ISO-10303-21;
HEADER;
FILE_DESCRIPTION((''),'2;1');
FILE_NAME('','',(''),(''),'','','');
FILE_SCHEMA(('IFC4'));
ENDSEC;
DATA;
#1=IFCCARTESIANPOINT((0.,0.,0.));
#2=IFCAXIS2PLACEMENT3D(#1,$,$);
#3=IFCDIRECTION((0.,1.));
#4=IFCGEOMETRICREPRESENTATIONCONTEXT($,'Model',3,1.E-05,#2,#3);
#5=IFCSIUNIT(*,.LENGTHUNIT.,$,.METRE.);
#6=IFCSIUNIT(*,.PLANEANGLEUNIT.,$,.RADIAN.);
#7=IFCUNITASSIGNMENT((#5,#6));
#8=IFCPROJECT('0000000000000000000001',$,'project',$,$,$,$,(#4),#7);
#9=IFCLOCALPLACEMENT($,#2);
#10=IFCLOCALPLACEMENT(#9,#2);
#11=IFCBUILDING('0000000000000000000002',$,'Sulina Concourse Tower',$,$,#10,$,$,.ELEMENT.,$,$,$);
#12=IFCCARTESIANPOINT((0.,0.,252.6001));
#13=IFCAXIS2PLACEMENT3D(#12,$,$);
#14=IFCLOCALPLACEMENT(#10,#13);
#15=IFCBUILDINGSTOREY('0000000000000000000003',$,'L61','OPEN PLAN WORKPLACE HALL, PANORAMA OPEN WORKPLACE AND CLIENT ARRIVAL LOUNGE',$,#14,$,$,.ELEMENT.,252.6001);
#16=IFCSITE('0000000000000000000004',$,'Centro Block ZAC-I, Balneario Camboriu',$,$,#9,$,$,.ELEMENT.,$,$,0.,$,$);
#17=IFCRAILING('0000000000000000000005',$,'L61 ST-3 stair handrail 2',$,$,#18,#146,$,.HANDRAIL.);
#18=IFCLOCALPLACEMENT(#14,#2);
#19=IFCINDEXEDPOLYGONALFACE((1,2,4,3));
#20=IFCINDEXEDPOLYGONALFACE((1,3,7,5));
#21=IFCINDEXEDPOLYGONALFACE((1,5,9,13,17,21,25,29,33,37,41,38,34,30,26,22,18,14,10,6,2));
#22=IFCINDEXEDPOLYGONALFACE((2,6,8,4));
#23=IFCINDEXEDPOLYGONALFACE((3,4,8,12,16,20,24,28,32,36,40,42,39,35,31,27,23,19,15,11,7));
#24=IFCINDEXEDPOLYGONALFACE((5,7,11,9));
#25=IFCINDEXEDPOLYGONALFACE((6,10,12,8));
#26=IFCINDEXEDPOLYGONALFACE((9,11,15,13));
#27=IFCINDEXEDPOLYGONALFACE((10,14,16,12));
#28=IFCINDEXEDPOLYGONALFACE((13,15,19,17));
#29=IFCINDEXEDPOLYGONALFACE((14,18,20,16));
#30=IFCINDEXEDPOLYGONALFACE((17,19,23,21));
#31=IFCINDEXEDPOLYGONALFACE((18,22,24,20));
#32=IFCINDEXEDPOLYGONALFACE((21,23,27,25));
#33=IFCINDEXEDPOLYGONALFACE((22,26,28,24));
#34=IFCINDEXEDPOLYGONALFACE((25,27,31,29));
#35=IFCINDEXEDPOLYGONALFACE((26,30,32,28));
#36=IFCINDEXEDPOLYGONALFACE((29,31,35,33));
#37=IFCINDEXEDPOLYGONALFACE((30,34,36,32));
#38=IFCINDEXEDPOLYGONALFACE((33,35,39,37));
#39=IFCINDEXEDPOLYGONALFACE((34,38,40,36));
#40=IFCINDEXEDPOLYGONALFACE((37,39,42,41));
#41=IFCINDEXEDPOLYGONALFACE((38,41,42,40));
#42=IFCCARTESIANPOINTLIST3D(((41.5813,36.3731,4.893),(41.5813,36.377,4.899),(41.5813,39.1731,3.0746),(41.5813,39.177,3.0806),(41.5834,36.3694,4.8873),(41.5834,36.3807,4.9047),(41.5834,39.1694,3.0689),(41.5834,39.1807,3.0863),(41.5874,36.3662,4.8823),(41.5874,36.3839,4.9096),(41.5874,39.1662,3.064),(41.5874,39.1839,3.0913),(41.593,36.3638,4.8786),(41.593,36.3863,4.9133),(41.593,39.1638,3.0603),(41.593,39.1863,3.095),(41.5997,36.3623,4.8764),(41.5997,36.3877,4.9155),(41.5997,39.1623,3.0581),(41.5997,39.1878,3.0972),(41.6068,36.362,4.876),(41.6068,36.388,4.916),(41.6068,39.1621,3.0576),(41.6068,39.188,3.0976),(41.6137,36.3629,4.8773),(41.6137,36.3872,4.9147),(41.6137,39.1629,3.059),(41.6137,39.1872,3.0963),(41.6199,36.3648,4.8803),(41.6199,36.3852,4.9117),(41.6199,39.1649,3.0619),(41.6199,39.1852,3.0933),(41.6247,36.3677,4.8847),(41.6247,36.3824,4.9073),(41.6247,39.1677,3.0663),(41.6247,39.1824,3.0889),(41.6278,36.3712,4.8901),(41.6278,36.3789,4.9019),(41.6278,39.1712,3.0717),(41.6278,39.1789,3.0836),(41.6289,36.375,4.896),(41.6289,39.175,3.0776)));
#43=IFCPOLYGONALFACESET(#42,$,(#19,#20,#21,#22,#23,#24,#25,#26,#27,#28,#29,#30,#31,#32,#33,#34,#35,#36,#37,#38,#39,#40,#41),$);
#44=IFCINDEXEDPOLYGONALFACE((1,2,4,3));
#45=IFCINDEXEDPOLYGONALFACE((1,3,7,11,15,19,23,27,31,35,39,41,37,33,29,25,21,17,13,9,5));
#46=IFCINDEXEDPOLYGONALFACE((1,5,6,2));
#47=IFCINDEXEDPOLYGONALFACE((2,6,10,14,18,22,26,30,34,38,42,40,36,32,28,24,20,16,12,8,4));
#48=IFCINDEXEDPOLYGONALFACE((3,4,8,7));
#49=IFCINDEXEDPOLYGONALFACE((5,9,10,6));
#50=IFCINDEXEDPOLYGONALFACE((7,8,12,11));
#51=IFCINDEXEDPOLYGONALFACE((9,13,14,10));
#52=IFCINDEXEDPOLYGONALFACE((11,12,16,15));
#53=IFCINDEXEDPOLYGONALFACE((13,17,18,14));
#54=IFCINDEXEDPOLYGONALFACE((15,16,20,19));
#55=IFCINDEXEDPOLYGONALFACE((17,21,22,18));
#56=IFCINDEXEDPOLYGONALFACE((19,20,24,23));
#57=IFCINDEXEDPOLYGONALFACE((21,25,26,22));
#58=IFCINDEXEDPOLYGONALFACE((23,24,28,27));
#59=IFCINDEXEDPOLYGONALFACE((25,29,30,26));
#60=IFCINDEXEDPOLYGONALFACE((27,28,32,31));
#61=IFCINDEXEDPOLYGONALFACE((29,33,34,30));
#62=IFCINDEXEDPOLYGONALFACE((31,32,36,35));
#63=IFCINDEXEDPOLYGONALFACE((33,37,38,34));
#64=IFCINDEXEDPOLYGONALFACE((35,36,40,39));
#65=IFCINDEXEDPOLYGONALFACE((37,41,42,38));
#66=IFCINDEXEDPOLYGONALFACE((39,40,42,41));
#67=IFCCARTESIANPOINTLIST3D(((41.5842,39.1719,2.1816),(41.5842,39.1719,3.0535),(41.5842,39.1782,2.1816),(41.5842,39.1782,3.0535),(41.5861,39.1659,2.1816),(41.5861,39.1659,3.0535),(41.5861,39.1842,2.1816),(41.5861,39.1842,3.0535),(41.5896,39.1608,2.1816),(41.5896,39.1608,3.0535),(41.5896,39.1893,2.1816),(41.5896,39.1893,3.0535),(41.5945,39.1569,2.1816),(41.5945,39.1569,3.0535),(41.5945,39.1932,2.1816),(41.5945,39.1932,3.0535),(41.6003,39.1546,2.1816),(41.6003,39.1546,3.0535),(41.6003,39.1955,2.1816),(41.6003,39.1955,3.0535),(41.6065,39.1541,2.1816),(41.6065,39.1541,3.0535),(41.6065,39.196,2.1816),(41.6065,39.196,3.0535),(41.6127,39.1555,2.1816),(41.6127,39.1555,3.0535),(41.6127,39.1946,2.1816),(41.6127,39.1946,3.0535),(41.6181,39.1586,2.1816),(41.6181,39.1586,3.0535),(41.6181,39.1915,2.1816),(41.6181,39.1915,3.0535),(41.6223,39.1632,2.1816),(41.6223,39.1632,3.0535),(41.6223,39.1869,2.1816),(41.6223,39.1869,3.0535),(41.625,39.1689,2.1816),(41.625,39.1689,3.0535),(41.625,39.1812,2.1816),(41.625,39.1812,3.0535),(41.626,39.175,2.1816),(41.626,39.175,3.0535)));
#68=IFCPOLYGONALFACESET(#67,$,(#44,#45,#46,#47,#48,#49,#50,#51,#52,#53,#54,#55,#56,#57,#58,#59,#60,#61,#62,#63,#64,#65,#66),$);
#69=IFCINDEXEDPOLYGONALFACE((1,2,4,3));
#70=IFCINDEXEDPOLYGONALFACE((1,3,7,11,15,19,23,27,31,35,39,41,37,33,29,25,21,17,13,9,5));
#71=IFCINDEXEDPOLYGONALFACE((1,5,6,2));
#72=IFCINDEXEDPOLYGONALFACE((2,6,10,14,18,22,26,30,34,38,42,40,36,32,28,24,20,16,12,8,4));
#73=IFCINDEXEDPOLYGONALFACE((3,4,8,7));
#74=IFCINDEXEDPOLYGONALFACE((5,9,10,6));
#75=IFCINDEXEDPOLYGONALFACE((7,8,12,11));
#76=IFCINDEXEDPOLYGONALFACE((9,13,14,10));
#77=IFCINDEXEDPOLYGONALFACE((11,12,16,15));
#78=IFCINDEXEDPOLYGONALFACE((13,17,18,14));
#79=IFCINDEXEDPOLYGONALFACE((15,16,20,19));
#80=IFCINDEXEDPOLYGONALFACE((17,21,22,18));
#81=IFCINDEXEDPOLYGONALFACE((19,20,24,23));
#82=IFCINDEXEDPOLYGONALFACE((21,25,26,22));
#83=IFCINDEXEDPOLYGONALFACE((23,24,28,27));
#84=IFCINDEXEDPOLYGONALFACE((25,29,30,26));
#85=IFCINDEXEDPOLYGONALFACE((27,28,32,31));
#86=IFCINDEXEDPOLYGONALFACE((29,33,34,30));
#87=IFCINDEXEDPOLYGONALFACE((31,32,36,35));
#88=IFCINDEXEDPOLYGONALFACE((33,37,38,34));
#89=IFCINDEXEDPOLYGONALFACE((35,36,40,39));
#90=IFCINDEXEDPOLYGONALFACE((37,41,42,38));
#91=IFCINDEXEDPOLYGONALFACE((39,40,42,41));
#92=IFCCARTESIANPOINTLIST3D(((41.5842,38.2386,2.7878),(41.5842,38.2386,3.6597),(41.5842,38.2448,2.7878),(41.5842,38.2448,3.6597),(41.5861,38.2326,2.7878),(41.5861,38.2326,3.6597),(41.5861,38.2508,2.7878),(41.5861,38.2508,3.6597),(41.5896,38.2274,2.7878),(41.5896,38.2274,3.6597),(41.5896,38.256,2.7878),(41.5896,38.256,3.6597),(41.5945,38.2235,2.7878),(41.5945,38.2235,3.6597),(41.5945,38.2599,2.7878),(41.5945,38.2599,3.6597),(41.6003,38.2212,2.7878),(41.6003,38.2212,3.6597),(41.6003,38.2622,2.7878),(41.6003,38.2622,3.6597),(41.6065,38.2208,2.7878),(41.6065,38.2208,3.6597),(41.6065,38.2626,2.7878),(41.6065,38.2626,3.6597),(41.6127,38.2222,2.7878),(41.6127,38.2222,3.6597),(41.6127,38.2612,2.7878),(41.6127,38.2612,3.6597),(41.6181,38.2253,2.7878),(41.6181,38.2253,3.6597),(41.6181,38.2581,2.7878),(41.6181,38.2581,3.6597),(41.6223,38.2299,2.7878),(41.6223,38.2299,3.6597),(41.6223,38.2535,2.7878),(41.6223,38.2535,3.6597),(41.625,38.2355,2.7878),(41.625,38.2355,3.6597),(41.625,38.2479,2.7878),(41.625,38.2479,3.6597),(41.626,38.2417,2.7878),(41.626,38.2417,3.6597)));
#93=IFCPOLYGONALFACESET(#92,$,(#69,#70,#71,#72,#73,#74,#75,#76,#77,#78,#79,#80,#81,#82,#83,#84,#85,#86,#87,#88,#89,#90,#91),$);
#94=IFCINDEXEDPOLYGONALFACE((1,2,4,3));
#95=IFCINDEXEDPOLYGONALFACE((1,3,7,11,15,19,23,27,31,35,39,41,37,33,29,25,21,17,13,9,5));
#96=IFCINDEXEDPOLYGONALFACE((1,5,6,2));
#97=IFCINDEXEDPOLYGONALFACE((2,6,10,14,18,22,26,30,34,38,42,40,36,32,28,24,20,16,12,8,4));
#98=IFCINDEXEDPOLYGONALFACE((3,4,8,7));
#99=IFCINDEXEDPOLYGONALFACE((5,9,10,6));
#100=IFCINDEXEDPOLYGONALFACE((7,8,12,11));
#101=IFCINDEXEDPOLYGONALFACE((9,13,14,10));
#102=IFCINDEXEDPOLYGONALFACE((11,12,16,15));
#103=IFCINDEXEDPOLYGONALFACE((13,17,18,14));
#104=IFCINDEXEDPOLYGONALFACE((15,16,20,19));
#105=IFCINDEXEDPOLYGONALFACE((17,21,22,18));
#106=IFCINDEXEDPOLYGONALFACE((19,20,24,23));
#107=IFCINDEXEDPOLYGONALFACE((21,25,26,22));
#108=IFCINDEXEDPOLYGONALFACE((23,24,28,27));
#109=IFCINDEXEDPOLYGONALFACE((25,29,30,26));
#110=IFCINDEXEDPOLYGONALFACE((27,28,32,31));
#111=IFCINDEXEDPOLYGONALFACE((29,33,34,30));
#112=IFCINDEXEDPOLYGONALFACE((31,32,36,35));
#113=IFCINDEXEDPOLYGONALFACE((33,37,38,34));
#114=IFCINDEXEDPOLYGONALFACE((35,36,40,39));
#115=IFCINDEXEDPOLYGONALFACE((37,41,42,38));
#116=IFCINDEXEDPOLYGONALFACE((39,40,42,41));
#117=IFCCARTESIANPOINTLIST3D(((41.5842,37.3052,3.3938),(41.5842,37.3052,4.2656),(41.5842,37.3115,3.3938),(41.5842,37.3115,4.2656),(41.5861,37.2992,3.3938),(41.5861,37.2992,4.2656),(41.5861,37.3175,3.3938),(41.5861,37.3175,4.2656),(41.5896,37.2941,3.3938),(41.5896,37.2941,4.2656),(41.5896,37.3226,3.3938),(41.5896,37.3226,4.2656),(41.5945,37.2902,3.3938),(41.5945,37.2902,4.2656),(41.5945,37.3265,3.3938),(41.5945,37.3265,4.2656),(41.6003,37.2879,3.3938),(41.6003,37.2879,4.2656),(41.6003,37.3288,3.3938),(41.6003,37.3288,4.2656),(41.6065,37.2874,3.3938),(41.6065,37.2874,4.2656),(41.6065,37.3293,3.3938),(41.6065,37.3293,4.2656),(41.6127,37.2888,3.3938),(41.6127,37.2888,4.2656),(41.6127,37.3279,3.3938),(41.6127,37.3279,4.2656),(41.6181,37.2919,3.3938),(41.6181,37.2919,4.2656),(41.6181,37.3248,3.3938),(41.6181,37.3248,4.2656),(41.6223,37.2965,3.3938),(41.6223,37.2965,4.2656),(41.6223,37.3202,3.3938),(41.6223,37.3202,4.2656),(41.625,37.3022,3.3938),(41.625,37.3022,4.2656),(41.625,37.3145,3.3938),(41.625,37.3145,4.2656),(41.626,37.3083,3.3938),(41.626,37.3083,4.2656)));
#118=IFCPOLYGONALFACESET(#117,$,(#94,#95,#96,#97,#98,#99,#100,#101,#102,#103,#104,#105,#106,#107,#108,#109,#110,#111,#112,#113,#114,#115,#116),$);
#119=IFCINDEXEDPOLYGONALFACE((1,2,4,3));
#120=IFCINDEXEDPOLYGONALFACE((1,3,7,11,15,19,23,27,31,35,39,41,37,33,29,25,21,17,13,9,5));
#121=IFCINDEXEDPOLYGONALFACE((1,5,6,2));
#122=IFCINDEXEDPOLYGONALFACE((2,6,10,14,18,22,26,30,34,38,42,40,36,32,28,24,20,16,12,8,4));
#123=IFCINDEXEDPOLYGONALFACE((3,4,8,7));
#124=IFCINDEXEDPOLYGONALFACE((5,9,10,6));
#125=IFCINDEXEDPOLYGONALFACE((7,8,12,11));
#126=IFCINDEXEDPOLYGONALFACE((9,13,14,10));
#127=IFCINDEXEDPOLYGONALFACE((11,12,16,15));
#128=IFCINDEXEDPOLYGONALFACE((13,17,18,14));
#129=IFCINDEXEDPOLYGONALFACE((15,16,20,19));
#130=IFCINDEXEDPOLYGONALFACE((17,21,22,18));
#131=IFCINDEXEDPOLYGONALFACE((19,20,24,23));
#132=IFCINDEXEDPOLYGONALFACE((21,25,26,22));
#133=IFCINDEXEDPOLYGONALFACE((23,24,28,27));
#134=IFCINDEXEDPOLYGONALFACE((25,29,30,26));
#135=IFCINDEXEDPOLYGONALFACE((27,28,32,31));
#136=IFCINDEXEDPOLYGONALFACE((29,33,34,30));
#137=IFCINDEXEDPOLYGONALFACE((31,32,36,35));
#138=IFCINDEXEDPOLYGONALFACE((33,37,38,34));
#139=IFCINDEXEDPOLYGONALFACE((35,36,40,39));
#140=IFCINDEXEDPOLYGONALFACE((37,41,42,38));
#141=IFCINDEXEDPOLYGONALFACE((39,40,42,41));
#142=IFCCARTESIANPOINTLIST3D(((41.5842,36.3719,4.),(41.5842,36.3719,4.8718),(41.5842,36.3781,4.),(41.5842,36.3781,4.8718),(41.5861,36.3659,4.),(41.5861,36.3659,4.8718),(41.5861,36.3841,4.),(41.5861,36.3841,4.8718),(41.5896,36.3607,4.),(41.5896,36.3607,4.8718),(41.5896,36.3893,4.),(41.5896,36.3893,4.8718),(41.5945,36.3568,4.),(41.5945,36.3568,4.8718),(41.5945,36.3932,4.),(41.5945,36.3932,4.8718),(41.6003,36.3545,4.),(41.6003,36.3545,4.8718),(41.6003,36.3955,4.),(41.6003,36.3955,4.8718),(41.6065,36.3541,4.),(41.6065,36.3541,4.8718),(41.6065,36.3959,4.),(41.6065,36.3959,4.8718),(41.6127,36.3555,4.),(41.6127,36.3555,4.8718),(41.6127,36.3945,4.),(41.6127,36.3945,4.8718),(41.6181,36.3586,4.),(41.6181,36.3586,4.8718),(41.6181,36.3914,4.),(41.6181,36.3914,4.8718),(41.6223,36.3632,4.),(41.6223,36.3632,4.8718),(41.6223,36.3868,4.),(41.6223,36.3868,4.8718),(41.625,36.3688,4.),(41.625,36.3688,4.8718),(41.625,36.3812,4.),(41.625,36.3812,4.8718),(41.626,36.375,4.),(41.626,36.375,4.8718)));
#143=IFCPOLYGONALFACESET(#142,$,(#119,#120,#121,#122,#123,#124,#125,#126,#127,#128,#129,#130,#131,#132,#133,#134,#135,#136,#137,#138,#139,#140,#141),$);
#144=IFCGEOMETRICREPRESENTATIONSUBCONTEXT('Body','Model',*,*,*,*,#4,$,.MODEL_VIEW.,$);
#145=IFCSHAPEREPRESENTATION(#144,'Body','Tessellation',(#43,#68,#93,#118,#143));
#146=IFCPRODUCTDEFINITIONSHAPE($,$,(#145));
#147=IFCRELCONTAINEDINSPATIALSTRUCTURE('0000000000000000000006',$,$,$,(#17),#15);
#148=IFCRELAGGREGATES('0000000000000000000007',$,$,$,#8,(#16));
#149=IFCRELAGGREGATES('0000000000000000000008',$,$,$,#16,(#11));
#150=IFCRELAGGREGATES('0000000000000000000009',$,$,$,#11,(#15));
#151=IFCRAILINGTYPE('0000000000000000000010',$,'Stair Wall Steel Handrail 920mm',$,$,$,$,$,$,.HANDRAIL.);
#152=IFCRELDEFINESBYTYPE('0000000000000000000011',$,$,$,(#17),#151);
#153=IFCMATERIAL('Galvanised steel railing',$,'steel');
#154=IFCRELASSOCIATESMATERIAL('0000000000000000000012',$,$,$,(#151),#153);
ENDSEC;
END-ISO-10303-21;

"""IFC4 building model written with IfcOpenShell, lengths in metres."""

from ifc_helpers import new_model, si_unit, direction, frame, origin, origin_2d, place, context, subcontext, project, spatial, circle, extrude, material, type_object, element, save


model = new_model("IFC4")

# Units and contexts
model_context = context("Model", 3, precision=1e-05, world=origin(), true_north=direction((0.0, 1.0)))
body_context = subcontext(model_context, "Body", "Model", "MODEL_VIEW")
ifc_project = project(units=[si_unit("LENGTHUNIT", "METRE"), si_unit("PLANEANGLEUNIT", "RADIAN")], contexts=[model_context])

# Site, building, storey
site_placement = place(None, origin())
site = spatial("IfcSite", under=ifc_project, at=site_placement, Name="Centro Block ZAC-I, Balneario Camboriu", CompositionType="ELEMENT", RefElevation=0.0)
building_placement = place(site_placement, origin())
building = spatial("IfcBuilding", under=site, at=building_placement, Name="Sulina Concourse Tower", CompositionType="ELEMENT")
storey_placement = place(building_placement, frame((0.0, 0.0, 252.6001)))
storey = spatial("IfcBuildingStorey", under=building, at=storey_placement, Name="L61", Description="OPEN PLAN WORKPLACE HALL, PANORAMA OPEN WORKPLACE AND CLIENT ARRIVAL LOUNGE", CompositionType="ELEMENT", Elevation=252.6001)

# Railing
ifc_material_1 = material(Name="Galvanised steel railing", Category="steel")
railing_type_1 = type_object("IfcRailingType", Name="Stair Wall Steel Handrail 920mm", PredefinedType="HANDRAIL", material=ifc_material_1)
railing_1_placement = place(storey_placement, frame((41.605, 39.175, 2.1816)))
element("IfcRailing", 1, at=railing_1_placement, inside=storey, type_object=railing_type_1, Name="L61 ST-3 stair handrail 2", PredefinedType="HANDRAIL", context=body_context, shape_type="SweptSolid", body=[
    extrude(circle(Radius=0.0239, at=origin_2d()), frame((0.0, 0.0, 0.896), z_axis=(0.0, -0.838672, 0.544636), x_axis=(1.0, 0.0, 0.0)), (0.0, 0.0, 1.0), 3.3386),
    extrude(circle(Radius=0.021, at=origin_2d()), origin(), (0.0, 0.0, 1.0), 0.8718),
    extrude(circle(Radius=0.021, at=origin_2d()), frame((0.0, -0.9333, 0.6062)), (0.0, 0.0, 1.0), 0.8718),
    extrude(circle(Radius=0.021, at=origin_2d()), frame((0.0, -1.8667, 1.2122)), (0.0, 0.0, 1.0), 0.8718),
    extrude(circle(Radius=0.021, at=origin_2d()), frame((0.0, -2.8, 1.8184)), (0.0, 0.0, 1.0), 0.8718),
])

save(model, "model.ifc")
